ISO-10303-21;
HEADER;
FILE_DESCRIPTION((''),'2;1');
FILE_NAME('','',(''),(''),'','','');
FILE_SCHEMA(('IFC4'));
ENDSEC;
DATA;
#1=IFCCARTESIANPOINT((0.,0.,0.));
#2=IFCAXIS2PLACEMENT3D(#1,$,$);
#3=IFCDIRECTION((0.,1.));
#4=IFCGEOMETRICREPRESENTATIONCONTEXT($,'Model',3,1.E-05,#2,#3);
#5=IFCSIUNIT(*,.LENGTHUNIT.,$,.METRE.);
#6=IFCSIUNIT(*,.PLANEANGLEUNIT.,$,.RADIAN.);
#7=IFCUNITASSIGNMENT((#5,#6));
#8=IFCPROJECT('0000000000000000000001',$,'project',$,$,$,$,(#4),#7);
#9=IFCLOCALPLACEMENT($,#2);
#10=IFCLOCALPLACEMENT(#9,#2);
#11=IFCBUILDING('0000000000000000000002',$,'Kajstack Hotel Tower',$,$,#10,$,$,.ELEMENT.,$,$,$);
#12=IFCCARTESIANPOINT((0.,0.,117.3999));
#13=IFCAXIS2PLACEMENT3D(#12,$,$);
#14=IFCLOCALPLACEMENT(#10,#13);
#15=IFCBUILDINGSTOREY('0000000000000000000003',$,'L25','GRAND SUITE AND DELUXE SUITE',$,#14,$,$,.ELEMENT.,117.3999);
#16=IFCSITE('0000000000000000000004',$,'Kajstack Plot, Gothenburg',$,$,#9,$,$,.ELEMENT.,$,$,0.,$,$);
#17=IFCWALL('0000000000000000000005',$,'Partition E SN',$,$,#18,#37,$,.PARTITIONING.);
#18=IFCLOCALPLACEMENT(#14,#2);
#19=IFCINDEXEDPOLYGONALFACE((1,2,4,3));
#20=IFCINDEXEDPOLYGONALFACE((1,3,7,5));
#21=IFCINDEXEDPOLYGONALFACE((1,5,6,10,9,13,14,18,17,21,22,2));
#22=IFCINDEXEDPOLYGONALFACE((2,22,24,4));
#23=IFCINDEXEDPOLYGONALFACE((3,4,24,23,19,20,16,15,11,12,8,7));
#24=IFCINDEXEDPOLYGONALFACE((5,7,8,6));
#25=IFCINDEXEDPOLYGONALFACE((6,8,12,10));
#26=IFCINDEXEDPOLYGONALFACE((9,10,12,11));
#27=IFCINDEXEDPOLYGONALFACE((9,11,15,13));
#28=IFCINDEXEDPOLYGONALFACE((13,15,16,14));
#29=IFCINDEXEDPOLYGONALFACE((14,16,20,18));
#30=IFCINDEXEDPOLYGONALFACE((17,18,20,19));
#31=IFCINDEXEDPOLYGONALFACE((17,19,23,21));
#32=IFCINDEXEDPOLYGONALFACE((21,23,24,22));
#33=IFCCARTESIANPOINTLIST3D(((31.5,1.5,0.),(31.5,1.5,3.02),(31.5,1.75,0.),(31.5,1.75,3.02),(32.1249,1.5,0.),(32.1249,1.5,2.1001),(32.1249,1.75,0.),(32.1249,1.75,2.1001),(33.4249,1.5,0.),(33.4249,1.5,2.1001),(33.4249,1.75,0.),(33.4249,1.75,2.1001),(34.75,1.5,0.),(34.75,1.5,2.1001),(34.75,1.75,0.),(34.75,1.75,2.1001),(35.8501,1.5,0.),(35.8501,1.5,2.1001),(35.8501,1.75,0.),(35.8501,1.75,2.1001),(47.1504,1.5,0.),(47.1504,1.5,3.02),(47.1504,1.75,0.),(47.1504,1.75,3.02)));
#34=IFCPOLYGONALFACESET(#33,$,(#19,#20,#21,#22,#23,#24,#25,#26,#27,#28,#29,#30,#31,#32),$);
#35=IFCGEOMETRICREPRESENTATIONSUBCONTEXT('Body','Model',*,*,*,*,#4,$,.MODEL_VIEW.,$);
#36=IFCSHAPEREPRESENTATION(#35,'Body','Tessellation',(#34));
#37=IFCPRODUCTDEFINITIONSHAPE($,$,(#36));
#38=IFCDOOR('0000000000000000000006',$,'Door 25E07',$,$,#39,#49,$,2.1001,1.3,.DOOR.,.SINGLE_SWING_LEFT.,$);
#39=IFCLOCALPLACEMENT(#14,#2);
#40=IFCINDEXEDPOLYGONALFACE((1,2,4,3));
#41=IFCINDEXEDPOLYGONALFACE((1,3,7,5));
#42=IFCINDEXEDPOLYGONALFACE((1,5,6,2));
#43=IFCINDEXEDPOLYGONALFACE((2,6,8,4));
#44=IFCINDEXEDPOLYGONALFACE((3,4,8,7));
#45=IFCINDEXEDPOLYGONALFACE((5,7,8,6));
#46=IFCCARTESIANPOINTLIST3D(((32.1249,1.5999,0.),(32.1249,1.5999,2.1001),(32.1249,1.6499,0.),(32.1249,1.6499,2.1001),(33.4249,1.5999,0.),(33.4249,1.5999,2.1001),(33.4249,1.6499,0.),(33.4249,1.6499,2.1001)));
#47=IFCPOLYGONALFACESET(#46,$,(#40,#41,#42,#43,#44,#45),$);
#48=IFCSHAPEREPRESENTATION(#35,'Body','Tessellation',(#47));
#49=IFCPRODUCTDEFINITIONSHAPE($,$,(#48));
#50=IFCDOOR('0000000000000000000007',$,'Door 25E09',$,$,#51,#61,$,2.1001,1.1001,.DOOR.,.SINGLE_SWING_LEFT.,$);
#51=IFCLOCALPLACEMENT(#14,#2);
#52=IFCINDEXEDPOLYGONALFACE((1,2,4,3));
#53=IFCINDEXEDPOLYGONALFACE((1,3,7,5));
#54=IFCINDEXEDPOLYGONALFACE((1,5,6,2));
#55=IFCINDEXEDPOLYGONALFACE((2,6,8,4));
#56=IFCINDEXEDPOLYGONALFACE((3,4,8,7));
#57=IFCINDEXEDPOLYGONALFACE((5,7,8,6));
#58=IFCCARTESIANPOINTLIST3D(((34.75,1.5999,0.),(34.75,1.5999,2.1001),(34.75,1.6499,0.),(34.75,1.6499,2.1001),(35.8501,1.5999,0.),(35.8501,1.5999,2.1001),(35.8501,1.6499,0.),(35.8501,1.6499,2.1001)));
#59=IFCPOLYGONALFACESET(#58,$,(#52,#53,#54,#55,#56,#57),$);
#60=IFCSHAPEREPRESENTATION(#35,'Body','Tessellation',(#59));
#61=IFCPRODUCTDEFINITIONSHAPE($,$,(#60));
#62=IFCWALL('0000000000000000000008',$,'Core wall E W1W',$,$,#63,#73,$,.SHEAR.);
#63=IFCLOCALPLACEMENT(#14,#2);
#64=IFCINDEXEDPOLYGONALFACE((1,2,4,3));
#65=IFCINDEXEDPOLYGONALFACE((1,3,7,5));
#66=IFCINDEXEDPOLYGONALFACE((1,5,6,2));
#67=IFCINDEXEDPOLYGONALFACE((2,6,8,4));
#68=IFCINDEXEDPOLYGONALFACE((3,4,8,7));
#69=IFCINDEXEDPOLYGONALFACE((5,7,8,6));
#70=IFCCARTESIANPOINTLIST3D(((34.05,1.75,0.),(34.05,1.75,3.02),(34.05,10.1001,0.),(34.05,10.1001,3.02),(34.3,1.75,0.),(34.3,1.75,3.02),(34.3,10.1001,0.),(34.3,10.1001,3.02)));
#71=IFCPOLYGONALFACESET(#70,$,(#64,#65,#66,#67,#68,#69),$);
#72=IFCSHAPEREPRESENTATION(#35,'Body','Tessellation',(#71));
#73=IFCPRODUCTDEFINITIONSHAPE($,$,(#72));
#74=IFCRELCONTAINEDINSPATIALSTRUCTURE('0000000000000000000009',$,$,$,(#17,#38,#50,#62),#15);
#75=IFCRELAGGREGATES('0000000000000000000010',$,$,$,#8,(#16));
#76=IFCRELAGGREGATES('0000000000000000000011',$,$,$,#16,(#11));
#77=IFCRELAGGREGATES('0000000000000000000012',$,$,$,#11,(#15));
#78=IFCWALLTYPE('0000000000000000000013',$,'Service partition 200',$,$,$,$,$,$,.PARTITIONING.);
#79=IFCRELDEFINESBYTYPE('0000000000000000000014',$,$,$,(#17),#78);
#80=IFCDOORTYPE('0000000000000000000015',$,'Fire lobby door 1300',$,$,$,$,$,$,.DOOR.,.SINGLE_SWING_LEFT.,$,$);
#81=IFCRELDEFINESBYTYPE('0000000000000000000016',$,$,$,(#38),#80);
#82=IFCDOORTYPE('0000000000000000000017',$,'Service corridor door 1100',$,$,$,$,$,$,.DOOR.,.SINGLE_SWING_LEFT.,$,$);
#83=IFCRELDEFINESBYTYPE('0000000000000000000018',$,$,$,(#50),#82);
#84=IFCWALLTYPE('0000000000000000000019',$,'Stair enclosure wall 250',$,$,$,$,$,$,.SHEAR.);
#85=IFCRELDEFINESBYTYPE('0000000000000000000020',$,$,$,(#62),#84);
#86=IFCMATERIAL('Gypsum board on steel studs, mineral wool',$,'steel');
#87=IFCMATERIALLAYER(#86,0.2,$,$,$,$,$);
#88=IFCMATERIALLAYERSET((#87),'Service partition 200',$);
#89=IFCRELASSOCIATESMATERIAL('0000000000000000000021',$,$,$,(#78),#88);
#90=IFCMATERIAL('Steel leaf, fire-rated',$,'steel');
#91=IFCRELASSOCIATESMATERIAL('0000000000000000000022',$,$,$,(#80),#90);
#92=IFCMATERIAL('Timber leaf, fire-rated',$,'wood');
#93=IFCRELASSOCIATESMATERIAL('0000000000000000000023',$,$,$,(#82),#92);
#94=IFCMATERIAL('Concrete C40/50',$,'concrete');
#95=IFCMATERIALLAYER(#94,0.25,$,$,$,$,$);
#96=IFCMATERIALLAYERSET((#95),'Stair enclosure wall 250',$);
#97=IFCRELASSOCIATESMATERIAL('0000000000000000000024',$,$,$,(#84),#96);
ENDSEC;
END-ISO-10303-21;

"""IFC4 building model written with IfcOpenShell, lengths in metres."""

from ifc_helpers import new_model, si_unit, direction, frame, frame_2d, origin, place, context, subcontext, project, spatial, rectangle, extrude, material, layer, layer_set, type_object, element, fill, save


model = new_model("IFC4")

# Units and contexts
model_context = context("Model", 3, precision=1e-05, world=origin(), true_north=direction((0.0, 1.0)))
body_context = subcontext(model_context, "Body", "Model", "MODEL_VIEW")
ifc_project = project(units=[si_unit("LENGTHUNIT", "METRE"), si_unit("PLANEANGLEUNIT", "RADIAN")], contexts=[model_context])

# Site, building, storey
site_placement = place(None, origin())
site = spatial("IfcSite", under=ifc_project, at=site_placement, Name="Kajstack Plot, Gothenburg", CompositionType="ELEMENT", RefElevation=0.0)
building_placement = place(site_placement, origin())
building = spatial("IfcBuilding", under=site, at=building_placement, Name="Kajstack Hotel Tower", CompositionType="ELEMENT")
storey_placement = place(building_placement, frame((0.0, 0.0, 117.3999)))
storey = spatial("IfcBuildingStorey", under=building, at=storey_placement, Name="L25", Description="GRAND SUITE AND DELUXE SUITE", CompositionType="ELEMENT", Elevation=117.3999)

# Wall, openings, doors
ifc_material_1 = material(Name="Gypsum board on steel studs, mineral wool", Category="steel")
ifc_layer_1 = layer(ifc_material_1, 0.2)
ifc_layer_set_1 = layer_set([ifc_layer_1], Name="Service partition 200")
wall_type_1 = type_object("IfcWallType", Name="Service partition 200", PredefinedType="PARTITIONING", material=ifc_layer_set_1)
wall_1_placement = place(storey_placement, frame((31.5, 1.625, 0.0), z_axis=(0.0, 0.0, 1.0), x_axis=(1.0, 0.0, 0.0)))
wall_1 = element("IfcWall", 1, at=wall_1_placement, inside=storey, type_object=wall_type_1, Name="Partition E SN", PredefinedType="PARTITIONING", context=body_context, shape_type="SweptSolid", body=[
    extrude(rectangle(XDim=15.6504, YDim=0.25, at=frame_2d((7.8252, 0.0))), origin(), (0.0, 0.0, 1.0), 3.02),
])
opening_1_placement = place(wall_1_placement, frame((0.625, 0.0, 0.0)))
opening_1 = element("IfcOpeningElement", 2, at=opening_1_placement, cuts=wall_1, PredefinedType="OPENING", context=body_context, shape_type="SweptSolid", body=[
    extrude(rectangle(XDim=1.3, YDim=2.1001, at=frame_2d((0.6499, 1.05))), frame((0.0, 0.135, 0.0), z_axis=(0.0, -1.0, 0.0), x_axis=(1.0, 0.0, 0.0)), (0.0, 0.0, 1.0), 0.27),
])
opening_2_placement = place(wall_1_placement, frame((3.25, 0.0, 0.0)))
opening_2 = element("IfcOpeningElement", 3, at=opening_2_placement, cuts=wall_1, PredefinedType="OPENING", context=body_context, shape_type="SweptSolid", body=[
    extrude(rectangle(XDim=1.1001, YDim=2.1001, at=frame_2d((0.55, 1.05))), frame((0.0, 0.135, 0.0), z_axis=(0.0, -1.0, 0.0), x_axis=(1.0, 0.0, 0.0)), (0.0, 0.0, 1.0), 0.27),
])
ifc_material_2 = material(Name="Steel leaf, fire-rated", Category="steel")
door_type_1 = type_object("IfcDoorType", Name="Fire lobby door 1300", OperationType="SINGLE_SWING_LEFT", PredefinedType="DOOR", material=ifc_material_2)
door_1_placement = place(opening_1_placement, origin())
door_1 = element("IfcDoor", 4, at=door_1_placement, inside=storey, type_object=door_type_1, Name="Door 25E07", OperationType="SINGLE_SWING_LEFT", OverallHeight=2.1001, OverallWidth=1.3, PredefinedType="DOOR", context=body_context, shape_type="SweptSolid", body=[
    extrude(rectangle(XDim=1.3, YDim=2.1001, at=frame_2d((0.6499, 1.05))), frame((0.0, 0.0249, 0.0), z_axis=(0.0, -1.0, 0.0), x_axis=(1.0, 0.0, 0.0)), (0.0, 0.0, 1.0), 0.05),
])
fill(opening_1, door_1)
ifc_material_3 = material(Name="Timber leaf, fire-rated", Category="wood")
door_type_2 = type_object("IfcDoorType", Name="Service corridor door 1100", OperationType="SINGLE_SWING_LEFT", PredefinedType="DOOR", material=ifc_material_3)
door_2_placement = place(opening_2_placement, origin())
door_2 = element("IfcDoor", 5, at=door_2_placement, inside=storey, type_object=door_type_2, Name="Door 25E09", OperationType="SINGLE_SWING_LEFT", OverallHeight=2.1001, OverallWidth=1.1001, PredefinedType="DOOR", context=body_context, shape_type="SweptSolid", body=[
    extrude(rectangle(XDim=1.1001, YDim=2.1001, at=frame_2d((0.55, 1.05))), frame((0.0, 0.0249, 0.0), z_axis=(0.0, -1.0, 0.0), x_axis=(1.0, 0.0, 0.0)), (0.0, 0.0, 1.0), 0.05),
])
fill(opening_2, door_2)

# Wall
ifc_material_4 = material(Name="Concrete C40/50", Category="concrete")
ifc_layer_2 = layer(ifc_material_4, 0.25)
ifc_layer_set_2 = layer_set([ifc_layer_2], Name="Stair enclosure wall 250")
wall_type_2 = type_object("IfcWallType", Name="Stair enclosure wall 250", PredefinedType="SHEAR", material=ifc_layer_set_2)
wall_2_placement = place(storey_placement, frame((34.175, 1.75, 0.0), z_axis=(0.0, 0.0, 1.0), x_axis=(0.0, 1.0, 0.0)))
element("IfcWall", 6, at=wall_2_placement, inside=storey, type_object=wall_type_2, Name="Core wall E W1W", PredefinedType="SHEAR", context=body_context, shape_type="SweptSolid", body=[
    extrude(rectangle(XDim=8.3501, YDim=0.25, at=frame_2d((4.175, 0.0))), origin(), (0.0, 0.0, 1.0), 3.02),
])

save(model, "model.ifc")
